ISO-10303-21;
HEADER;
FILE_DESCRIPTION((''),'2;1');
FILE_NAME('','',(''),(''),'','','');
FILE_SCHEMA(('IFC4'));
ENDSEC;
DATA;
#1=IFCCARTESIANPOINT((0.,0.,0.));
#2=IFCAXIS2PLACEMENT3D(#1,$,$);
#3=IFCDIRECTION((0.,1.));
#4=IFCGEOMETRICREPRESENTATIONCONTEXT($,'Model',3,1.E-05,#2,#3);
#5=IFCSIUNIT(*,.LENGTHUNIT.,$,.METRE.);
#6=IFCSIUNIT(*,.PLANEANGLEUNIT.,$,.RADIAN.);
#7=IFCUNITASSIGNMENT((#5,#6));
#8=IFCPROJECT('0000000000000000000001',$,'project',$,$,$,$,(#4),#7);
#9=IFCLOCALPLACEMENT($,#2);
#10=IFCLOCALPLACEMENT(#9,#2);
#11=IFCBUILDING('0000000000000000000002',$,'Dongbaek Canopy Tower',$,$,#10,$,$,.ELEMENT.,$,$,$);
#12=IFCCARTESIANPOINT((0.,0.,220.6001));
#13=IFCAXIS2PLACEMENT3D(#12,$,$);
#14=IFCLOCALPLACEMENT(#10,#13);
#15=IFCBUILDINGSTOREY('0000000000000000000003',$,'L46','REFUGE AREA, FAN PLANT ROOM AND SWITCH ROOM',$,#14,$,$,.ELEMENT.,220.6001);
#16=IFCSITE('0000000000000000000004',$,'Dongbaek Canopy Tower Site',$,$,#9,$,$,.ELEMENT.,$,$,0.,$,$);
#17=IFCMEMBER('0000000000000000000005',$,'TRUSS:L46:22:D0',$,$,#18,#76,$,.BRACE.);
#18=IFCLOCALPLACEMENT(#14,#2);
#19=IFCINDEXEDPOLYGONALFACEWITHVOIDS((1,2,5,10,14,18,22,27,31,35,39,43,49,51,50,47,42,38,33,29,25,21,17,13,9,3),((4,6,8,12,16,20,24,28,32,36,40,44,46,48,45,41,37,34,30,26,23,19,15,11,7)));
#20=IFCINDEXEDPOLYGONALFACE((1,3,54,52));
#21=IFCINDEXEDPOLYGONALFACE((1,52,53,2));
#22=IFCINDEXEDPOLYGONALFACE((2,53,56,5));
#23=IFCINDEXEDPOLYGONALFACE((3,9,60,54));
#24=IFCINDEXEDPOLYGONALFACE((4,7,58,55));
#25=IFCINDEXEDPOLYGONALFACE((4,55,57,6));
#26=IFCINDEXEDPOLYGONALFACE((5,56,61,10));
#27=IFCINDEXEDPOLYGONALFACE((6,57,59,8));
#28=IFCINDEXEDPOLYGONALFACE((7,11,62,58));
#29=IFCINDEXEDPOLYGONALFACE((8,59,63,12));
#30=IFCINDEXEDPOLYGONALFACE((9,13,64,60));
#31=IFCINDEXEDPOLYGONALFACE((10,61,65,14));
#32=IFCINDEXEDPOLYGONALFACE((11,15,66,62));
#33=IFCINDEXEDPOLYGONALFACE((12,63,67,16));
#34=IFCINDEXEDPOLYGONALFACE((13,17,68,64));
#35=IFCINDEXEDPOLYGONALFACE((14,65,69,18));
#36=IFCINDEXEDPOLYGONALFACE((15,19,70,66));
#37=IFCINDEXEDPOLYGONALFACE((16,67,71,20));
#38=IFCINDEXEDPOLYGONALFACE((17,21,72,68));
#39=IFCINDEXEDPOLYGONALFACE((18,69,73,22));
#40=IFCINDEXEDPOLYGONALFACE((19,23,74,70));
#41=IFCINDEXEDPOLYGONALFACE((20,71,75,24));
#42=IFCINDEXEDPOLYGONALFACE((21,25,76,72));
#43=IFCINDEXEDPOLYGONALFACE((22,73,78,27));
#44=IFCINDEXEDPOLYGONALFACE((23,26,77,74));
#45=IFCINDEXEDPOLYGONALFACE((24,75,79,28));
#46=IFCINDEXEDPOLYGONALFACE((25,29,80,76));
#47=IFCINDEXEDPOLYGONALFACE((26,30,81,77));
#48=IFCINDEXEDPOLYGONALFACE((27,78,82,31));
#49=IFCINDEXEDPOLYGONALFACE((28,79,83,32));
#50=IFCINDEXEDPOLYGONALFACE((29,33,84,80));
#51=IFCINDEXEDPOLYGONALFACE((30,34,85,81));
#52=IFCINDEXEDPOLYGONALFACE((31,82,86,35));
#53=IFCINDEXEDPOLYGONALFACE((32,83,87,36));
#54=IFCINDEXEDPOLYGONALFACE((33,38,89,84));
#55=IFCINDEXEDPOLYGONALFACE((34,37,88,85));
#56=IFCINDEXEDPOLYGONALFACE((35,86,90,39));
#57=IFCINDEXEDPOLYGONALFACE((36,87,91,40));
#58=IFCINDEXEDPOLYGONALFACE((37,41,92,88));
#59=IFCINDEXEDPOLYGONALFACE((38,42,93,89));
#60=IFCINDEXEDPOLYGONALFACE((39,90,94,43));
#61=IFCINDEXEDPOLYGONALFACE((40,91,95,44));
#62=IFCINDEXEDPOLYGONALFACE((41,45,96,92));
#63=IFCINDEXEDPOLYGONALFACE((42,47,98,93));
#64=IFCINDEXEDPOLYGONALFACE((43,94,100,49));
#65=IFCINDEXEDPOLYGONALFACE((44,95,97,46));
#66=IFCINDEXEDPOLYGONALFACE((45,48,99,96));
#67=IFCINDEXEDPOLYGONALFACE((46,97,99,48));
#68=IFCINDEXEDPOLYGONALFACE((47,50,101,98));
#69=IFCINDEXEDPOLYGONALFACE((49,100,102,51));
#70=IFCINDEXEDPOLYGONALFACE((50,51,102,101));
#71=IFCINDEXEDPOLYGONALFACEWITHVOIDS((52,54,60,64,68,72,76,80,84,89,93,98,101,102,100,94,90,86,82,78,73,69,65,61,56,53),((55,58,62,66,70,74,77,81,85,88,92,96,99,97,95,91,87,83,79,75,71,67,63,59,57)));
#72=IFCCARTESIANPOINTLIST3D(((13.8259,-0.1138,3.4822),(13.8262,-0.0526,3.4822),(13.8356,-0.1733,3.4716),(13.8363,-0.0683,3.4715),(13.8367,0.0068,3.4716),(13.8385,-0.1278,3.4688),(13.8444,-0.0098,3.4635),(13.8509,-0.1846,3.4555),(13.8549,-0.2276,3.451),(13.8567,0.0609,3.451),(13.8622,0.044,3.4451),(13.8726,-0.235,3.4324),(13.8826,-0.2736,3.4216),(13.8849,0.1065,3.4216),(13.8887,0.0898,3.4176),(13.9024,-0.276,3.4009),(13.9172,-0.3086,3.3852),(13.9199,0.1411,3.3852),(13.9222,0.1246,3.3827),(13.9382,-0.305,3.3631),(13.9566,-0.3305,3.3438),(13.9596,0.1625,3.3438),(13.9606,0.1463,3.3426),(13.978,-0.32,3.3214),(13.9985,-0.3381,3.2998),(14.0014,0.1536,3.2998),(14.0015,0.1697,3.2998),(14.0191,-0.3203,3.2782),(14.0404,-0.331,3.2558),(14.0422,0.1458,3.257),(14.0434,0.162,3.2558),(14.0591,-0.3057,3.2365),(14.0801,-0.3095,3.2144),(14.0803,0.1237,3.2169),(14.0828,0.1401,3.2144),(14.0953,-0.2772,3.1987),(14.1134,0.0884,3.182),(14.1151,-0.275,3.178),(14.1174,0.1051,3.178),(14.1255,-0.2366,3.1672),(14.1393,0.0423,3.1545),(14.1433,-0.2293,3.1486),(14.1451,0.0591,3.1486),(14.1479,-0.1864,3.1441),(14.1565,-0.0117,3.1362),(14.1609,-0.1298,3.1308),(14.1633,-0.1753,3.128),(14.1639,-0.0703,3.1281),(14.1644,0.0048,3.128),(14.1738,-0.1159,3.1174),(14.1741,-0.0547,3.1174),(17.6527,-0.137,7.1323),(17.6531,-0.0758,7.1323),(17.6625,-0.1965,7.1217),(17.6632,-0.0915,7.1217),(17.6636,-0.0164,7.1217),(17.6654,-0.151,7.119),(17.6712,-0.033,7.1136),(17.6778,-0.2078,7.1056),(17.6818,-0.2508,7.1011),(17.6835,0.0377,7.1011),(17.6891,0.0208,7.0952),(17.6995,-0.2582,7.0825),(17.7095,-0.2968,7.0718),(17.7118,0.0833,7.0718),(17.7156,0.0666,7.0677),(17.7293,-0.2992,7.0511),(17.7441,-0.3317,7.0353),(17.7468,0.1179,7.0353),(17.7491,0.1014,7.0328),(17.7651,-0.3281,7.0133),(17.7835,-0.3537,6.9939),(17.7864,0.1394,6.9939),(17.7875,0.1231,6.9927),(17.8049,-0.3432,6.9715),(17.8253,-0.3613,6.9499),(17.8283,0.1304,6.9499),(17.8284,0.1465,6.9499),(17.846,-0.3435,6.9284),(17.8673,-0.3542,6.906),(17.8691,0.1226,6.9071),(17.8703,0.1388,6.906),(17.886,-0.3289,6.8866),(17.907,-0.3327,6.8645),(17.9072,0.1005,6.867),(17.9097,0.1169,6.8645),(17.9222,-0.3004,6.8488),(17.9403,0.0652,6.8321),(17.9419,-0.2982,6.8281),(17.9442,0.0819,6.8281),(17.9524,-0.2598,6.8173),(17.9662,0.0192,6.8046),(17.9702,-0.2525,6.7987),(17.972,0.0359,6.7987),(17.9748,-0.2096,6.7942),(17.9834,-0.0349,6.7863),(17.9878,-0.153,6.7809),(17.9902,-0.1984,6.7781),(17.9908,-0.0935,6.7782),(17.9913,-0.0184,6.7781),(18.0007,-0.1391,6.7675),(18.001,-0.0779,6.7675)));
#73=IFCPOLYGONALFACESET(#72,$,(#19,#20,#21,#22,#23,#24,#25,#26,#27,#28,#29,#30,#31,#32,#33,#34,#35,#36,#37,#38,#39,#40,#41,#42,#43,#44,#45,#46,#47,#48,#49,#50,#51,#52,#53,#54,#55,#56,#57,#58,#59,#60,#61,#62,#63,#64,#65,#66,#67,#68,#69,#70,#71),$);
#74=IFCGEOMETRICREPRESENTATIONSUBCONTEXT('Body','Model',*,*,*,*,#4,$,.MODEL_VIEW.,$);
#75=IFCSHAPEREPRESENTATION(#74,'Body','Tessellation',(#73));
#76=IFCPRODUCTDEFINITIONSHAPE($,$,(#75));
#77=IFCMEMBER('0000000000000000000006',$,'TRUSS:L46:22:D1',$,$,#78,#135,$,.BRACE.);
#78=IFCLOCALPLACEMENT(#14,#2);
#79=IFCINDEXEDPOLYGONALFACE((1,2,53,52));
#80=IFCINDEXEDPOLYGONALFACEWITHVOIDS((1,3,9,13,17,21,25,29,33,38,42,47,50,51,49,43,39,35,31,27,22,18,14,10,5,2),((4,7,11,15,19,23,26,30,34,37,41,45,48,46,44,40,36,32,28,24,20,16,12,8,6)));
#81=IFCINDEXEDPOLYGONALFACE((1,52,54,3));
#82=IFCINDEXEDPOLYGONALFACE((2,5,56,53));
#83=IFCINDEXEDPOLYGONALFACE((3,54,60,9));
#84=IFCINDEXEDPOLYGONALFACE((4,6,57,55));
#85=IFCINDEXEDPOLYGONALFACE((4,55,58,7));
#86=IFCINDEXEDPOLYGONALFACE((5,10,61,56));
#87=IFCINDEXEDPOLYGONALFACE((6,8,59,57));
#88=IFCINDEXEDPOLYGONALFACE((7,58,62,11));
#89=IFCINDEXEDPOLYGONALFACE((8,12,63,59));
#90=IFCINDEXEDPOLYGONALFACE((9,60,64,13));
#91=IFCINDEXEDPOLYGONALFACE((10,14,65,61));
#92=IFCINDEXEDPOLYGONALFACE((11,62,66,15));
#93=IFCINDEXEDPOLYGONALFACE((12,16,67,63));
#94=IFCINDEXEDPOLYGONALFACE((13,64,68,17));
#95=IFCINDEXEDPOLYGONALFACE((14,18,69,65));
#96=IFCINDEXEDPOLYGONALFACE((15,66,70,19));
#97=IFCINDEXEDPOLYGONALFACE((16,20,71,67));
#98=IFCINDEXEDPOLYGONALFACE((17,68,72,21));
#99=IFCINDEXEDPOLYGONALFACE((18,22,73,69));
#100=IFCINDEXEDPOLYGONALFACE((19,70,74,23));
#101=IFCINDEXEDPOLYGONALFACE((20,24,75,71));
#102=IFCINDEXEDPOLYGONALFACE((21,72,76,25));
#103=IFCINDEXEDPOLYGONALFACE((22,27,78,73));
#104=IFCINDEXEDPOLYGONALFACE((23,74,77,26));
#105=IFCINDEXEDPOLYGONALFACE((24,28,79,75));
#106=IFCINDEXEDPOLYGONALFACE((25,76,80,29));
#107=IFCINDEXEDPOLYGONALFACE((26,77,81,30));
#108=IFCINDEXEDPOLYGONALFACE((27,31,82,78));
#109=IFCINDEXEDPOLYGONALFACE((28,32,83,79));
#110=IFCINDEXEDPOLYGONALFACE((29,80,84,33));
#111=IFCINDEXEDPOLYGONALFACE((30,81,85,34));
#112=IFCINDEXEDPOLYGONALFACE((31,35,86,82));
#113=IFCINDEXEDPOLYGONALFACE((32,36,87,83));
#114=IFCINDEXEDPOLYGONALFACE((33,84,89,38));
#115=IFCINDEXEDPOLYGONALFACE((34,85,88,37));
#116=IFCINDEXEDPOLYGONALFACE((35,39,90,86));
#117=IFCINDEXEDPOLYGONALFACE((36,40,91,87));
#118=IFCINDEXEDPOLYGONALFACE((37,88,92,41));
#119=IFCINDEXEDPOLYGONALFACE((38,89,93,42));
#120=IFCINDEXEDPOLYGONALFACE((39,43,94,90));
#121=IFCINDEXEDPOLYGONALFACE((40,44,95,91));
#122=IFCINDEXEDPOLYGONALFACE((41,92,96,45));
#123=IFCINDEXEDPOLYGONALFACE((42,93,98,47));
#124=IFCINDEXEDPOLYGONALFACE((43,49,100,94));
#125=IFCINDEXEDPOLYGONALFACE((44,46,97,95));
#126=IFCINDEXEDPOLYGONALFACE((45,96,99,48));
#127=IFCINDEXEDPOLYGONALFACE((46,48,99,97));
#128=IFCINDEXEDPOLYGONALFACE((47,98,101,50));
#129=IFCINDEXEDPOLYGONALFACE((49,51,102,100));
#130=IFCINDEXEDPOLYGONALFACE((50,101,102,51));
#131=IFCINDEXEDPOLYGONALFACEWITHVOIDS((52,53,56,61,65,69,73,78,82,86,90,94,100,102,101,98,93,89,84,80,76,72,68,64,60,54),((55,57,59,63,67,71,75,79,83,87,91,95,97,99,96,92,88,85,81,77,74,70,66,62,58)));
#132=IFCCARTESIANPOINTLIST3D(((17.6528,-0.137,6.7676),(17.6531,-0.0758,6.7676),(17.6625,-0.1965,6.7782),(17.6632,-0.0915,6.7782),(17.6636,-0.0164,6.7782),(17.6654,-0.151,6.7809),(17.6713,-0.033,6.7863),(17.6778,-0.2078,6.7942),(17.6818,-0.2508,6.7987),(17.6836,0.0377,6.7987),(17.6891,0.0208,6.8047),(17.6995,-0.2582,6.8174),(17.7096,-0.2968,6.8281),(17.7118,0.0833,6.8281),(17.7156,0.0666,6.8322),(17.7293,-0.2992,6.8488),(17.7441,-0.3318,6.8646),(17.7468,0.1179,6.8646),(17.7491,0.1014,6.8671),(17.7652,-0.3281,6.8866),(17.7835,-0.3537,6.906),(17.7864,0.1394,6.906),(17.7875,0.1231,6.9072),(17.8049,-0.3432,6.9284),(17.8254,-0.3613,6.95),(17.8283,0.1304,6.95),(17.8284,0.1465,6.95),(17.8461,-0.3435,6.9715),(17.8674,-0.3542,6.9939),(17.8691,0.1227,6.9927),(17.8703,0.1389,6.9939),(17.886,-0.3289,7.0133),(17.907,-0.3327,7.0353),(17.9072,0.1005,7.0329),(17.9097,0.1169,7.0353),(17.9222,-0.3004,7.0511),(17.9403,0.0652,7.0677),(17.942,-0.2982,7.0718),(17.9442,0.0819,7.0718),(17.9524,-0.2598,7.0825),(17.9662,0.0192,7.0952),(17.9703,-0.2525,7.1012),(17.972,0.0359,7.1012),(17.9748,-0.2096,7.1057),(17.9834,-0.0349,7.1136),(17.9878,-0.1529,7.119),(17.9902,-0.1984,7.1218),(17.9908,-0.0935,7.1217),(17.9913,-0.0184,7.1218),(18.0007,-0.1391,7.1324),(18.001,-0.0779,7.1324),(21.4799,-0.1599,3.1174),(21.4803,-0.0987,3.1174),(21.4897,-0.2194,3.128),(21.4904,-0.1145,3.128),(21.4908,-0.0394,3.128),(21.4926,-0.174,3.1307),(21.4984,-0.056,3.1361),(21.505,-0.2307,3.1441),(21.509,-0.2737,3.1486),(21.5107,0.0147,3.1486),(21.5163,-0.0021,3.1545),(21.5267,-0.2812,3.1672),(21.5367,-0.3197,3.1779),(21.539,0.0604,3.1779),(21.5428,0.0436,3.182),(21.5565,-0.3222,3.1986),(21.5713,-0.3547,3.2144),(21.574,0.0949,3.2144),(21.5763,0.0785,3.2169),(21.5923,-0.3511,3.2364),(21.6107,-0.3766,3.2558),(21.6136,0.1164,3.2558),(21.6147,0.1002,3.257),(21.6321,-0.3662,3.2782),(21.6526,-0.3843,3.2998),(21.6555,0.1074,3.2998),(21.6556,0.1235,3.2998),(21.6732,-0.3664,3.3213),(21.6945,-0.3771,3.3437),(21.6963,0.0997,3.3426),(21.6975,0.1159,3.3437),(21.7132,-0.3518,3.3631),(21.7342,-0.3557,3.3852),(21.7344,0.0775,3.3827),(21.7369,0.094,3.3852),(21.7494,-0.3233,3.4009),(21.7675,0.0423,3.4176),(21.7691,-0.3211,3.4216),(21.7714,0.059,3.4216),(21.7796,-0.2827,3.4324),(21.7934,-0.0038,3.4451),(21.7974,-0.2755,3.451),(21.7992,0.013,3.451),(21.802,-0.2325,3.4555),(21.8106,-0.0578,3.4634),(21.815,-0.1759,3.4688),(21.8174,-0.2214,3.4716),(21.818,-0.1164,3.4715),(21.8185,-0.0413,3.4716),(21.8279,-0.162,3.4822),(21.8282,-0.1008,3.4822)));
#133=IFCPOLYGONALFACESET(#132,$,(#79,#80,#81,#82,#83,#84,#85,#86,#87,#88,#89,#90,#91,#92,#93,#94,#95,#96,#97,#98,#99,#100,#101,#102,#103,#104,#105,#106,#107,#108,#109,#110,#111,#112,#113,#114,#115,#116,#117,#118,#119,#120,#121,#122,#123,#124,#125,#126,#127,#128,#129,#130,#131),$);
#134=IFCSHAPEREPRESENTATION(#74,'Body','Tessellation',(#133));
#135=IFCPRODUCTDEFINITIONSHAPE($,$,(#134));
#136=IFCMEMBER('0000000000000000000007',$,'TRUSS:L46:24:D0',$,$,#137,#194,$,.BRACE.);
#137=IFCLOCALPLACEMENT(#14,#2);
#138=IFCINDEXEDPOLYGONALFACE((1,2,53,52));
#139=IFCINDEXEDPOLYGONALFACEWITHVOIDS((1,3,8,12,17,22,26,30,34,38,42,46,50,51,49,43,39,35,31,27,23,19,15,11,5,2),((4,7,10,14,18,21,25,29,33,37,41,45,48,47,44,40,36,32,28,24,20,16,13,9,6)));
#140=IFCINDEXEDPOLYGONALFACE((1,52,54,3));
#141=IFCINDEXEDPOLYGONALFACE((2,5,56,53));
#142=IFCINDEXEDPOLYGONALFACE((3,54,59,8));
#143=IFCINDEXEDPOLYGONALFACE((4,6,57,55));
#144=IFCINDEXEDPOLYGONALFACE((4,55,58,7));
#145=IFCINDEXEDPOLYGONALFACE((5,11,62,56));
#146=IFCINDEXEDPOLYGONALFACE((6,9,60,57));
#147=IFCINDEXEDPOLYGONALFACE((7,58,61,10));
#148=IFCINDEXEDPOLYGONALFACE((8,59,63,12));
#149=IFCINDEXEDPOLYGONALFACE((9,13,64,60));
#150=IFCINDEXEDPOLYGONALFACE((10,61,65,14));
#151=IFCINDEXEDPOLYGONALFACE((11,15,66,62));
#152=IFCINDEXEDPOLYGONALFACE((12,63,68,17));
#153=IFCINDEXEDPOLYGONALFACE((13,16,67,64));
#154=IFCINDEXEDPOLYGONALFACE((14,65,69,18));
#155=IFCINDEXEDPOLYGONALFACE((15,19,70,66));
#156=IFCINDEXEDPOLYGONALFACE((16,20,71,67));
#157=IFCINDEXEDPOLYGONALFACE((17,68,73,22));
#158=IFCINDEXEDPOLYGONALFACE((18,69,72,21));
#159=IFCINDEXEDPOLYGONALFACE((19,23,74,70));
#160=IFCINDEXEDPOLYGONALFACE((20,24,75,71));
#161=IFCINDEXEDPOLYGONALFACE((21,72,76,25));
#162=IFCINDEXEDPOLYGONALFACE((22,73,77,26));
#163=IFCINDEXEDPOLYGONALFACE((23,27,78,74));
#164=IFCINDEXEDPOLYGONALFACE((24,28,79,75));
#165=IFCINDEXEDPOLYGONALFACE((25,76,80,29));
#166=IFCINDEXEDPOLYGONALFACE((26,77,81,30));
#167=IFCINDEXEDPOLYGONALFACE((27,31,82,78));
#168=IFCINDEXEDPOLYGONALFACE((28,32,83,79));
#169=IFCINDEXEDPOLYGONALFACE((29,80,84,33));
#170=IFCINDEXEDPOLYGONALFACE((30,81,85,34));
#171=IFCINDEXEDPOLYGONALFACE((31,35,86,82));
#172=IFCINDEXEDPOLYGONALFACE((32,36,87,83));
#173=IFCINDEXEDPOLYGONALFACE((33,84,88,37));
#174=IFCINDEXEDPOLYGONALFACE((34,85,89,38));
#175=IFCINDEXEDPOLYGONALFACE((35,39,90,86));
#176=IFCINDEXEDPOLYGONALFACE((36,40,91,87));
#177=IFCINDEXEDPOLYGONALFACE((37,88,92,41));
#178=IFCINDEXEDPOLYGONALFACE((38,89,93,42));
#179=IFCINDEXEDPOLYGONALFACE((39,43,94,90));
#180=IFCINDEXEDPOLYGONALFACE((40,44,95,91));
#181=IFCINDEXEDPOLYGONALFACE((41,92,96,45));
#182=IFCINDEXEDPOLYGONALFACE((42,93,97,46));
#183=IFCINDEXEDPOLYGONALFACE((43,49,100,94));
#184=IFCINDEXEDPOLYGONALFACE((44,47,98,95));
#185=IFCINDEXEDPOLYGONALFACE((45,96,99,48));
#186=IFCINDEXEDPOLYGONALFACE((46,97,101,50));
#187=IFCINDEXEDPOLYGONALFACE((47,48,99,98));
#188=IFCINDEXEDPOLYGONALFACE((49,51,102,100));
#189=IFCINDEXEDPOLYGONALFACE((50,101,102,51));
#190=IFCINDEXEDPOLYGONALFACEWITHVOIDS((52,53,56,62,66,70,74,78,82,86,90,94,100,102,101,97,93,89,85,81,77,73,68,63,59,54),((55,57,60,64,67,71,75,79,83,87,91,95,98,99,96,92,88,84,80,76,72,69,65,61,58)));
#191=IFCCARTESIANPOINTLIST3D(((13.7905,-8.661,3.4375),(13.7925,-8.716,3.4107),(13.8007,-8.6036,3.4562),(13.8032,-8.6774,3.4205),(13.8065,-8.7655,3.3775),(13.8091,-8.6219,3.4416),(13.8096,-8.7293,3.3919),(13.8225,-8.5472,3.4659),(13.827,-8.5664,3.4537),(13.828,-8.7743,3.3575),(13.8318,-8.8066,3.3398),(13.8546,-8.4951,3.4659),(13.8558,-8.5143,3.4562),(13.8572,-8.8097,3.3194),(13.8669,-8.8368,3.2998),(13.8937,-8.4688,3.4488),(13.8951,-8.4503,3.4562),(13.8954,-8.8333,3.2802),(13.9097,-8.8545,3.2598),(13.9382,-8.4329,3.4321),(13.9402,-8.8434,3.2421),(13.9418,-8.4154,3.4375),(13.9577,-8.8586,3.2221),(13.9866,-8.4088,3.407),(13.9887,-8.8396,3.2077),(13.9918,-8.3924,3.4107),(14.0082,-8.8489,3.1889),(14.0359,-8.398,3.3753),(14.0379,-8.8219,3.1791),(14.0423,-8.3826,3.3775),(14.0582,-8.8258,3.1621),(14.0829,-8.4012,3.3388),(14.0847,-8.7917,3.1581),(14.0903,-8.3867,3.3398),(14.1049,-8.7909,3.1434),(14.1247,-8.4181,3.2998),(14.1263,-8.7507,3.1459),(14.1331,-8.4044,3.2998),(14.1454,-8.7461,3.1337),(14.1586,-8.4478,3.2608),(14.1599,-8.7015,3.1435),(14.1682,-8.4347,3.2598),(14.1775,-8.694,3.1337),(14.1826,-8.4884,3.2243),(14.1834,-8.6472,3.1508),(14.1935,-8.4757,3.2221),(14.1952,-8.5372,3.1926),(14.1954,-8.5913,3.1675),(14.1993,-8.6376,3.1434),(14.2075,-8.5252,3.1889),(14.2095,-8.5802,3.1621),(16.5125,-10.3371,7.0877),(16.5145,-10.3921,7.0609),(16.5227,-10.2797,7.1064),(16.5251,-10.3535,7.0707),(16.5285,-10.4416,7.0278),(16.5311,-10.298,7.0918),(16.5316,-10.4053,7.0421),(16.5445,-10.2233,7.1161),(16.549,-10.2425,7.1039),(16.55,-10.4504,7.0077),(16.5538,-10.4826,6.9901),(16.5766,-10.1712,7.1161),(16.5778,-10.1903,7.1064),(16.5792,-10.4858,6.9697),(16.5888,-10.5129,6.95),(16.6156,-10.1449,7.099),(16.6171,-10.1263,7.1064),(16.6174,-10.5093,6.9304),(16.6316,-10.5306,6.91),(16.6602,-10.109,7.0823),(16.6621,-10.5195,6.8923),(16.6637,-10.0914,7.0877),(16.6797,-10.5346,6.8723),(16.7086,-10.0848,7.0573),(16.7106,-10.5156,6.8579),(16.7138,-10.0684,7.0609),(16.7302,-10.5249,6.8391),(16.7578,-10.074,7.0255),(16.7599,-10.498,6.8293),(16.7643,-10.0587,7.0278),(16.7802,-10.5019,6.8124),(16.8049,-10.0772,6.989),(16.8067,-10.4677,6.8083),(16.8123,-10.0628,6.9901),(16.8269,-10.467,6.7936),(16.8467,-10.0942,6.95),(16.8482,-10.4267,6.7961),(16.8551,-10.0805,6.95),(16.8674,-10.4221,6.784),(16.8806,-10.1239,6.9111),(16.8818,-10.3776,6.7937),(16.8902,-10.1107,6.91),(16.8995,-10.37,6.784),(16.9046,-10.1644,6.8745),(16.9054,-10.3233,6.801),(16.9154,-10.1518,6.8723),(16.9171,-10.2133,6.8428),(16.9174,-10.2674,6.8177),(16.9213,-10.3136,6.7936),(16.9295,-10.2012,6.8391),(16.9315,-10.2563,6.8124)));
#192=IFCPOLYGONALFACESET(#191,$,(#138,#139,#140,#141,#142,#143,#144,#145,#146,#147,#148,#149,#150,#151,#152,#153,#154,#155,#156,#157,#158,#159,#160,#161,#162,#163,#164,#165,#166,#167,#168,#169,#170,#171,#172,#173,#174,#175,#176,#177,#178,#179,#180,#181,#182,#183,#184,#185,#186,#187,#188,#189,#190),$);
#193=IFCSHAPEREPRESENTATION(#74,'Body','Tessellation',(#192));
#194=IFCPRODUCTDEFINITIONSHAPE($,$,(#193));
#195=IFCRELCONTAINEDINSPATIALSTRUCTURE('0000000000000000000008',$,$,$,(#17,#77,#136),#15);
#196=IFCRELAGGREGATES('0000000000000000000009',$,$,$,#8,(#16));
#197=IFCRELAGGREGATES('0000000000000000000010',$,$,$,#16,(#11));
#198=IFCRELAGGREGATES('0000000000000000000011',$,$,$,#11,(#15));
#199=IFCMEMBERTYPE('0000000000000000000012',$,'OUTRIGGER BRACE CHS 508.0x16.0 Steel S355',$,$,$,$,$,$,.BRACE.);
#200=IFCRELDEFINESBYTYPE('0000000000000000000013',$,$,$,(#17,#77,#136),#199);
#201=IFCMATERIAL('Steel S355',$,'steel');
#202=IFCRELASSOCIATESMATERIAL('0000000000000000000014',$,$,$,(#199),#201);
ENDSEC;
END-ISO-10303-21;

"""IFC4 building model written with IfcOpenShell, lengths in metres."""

from ifc_helpers import new_model, si_unit, direction, frame, origin, origin_2d, place, context, subcontext, project, spatial, hollow_circle, extrude, material, material_profile, profile_set, type_object, element, save


model = new_model("IFC4")

# Units and contexts
model_context = context("Model", 3, precision=1e-05, world=origin(), true_north=direction((0.0, 1.0)))
body_context = subcontext(model_context, "Body", "Model", "MODEL_VIEW")
ifc_project = project(units=[si_unit("LENGTHUNIT", "METRE"), si_unit("PLANEANGLEUNIT", "RADIAN")], contexts=[model_context])

# Site, building, storey
site_placement = place(None, origin())
site = spatial("IfcSite", under=ifc_project, at=site_placement, Name="Dongbaek Canopy Tower Site", CompositionType="ELEMENT", RefElevation=0.0)
building_placement = place(site_placement, origin())
building = spatial("IfcBuilding", under=site, at=building_placement, Name="Dongbaek Canopy Tower", CompositionType="ELEMENT")
storey_placement = place(building_placement, frame((0.0, 0.0, 220.6001)))
storey = spatial("IfcBuildingStorey", under=building, at=storey_placement, Name="L46", Description="REFUGE AREA, FAN PLANT ROOM AND SWITCH ROOM", CompositionType="ELEMENT", Elevation=220.6001)

# Members
ifc_material_1 = material(Name="Steel S355", Category="steel")
ifc_material_profile_1 = material_profile(ifc_material_1, hollow_circle(Radius=0.2539, WallThickness=0.0161, at=origin_2d()), Name="OUTRIGGER BRACE CHS 508.0x16.0 Steel S355")
ifc_profile_set_1 = profile_set([ifc_material_profile_1], Name="Steel S355")
member_type_1 = type_object("IfcMemberType", Name="OUTRIGGER BRACE CHS 508.0x16.0 Steel S355", PredefinedType="BRACE", material=ifc_profile_set_1)
member_1_placement = place(storey_placement, frame((14.0, -0.0842, 3.2998), z_axis=(0.723614, -0.004386, 0.690191), x_axis=(0.00606, 0.999982, 0.0)))
element("IfcMember", 1, at=member_1_placement, inside=storey, type_object=member_type_1, Name="TRUSS:L46:22:D0", PredefinedType="BRACE", context=body_context, shape_type="SweptSolid", body=[
    extrude(hollow_circle(Radius=0.2539, WallThickness=0.0161, at=origin_2d()), origin(), (0.0, 0.0, 1.0), 5.2886),
])
member_2_placement = place(storey_placement, frame((17.8269, -0.1074, 6.95), z_axis=(0.723636, -0.004339, -0.690168), x_axis=(0.005996, 0.999982, 0.0)))
element("IfcMember", 2, at=member_2_placement, inside=storey, type_object=member_type_1, Name="TRUSS:L46:22:D1", PredefinedType="BRACE", context=body_context, shape_type="SweptSolid", body=[
    extrude(hollow_circle(Radius=0.2539, WallThickness=0.0161, at=origin_2d()), origin(), (0.0, 0.0, 1.0), 5.2888),
])
member_3_placement = place(storey_placement, frame((14.0, -8.6206, 3.2998), z_axis=(0.560995, -0.345433, 0.752304), x_axis=(0.524323, 0.851519, 0.0)))
element("IfcMember", 3, at=member_3_placement, inside=storey, type_object=member_type_1, Name="TRUSS:L46:24:D0", PredefinedType="BRACE", context=body_context, shape_type="SweptSolid", body=[
    extrude(hollow_circle(Radius=0.2539, WallThickness=0.0161, at=origin_2d()), origin(), (0.0, 0.0, 1.0), 4.8521),
])

save(model, "model.ifc")
